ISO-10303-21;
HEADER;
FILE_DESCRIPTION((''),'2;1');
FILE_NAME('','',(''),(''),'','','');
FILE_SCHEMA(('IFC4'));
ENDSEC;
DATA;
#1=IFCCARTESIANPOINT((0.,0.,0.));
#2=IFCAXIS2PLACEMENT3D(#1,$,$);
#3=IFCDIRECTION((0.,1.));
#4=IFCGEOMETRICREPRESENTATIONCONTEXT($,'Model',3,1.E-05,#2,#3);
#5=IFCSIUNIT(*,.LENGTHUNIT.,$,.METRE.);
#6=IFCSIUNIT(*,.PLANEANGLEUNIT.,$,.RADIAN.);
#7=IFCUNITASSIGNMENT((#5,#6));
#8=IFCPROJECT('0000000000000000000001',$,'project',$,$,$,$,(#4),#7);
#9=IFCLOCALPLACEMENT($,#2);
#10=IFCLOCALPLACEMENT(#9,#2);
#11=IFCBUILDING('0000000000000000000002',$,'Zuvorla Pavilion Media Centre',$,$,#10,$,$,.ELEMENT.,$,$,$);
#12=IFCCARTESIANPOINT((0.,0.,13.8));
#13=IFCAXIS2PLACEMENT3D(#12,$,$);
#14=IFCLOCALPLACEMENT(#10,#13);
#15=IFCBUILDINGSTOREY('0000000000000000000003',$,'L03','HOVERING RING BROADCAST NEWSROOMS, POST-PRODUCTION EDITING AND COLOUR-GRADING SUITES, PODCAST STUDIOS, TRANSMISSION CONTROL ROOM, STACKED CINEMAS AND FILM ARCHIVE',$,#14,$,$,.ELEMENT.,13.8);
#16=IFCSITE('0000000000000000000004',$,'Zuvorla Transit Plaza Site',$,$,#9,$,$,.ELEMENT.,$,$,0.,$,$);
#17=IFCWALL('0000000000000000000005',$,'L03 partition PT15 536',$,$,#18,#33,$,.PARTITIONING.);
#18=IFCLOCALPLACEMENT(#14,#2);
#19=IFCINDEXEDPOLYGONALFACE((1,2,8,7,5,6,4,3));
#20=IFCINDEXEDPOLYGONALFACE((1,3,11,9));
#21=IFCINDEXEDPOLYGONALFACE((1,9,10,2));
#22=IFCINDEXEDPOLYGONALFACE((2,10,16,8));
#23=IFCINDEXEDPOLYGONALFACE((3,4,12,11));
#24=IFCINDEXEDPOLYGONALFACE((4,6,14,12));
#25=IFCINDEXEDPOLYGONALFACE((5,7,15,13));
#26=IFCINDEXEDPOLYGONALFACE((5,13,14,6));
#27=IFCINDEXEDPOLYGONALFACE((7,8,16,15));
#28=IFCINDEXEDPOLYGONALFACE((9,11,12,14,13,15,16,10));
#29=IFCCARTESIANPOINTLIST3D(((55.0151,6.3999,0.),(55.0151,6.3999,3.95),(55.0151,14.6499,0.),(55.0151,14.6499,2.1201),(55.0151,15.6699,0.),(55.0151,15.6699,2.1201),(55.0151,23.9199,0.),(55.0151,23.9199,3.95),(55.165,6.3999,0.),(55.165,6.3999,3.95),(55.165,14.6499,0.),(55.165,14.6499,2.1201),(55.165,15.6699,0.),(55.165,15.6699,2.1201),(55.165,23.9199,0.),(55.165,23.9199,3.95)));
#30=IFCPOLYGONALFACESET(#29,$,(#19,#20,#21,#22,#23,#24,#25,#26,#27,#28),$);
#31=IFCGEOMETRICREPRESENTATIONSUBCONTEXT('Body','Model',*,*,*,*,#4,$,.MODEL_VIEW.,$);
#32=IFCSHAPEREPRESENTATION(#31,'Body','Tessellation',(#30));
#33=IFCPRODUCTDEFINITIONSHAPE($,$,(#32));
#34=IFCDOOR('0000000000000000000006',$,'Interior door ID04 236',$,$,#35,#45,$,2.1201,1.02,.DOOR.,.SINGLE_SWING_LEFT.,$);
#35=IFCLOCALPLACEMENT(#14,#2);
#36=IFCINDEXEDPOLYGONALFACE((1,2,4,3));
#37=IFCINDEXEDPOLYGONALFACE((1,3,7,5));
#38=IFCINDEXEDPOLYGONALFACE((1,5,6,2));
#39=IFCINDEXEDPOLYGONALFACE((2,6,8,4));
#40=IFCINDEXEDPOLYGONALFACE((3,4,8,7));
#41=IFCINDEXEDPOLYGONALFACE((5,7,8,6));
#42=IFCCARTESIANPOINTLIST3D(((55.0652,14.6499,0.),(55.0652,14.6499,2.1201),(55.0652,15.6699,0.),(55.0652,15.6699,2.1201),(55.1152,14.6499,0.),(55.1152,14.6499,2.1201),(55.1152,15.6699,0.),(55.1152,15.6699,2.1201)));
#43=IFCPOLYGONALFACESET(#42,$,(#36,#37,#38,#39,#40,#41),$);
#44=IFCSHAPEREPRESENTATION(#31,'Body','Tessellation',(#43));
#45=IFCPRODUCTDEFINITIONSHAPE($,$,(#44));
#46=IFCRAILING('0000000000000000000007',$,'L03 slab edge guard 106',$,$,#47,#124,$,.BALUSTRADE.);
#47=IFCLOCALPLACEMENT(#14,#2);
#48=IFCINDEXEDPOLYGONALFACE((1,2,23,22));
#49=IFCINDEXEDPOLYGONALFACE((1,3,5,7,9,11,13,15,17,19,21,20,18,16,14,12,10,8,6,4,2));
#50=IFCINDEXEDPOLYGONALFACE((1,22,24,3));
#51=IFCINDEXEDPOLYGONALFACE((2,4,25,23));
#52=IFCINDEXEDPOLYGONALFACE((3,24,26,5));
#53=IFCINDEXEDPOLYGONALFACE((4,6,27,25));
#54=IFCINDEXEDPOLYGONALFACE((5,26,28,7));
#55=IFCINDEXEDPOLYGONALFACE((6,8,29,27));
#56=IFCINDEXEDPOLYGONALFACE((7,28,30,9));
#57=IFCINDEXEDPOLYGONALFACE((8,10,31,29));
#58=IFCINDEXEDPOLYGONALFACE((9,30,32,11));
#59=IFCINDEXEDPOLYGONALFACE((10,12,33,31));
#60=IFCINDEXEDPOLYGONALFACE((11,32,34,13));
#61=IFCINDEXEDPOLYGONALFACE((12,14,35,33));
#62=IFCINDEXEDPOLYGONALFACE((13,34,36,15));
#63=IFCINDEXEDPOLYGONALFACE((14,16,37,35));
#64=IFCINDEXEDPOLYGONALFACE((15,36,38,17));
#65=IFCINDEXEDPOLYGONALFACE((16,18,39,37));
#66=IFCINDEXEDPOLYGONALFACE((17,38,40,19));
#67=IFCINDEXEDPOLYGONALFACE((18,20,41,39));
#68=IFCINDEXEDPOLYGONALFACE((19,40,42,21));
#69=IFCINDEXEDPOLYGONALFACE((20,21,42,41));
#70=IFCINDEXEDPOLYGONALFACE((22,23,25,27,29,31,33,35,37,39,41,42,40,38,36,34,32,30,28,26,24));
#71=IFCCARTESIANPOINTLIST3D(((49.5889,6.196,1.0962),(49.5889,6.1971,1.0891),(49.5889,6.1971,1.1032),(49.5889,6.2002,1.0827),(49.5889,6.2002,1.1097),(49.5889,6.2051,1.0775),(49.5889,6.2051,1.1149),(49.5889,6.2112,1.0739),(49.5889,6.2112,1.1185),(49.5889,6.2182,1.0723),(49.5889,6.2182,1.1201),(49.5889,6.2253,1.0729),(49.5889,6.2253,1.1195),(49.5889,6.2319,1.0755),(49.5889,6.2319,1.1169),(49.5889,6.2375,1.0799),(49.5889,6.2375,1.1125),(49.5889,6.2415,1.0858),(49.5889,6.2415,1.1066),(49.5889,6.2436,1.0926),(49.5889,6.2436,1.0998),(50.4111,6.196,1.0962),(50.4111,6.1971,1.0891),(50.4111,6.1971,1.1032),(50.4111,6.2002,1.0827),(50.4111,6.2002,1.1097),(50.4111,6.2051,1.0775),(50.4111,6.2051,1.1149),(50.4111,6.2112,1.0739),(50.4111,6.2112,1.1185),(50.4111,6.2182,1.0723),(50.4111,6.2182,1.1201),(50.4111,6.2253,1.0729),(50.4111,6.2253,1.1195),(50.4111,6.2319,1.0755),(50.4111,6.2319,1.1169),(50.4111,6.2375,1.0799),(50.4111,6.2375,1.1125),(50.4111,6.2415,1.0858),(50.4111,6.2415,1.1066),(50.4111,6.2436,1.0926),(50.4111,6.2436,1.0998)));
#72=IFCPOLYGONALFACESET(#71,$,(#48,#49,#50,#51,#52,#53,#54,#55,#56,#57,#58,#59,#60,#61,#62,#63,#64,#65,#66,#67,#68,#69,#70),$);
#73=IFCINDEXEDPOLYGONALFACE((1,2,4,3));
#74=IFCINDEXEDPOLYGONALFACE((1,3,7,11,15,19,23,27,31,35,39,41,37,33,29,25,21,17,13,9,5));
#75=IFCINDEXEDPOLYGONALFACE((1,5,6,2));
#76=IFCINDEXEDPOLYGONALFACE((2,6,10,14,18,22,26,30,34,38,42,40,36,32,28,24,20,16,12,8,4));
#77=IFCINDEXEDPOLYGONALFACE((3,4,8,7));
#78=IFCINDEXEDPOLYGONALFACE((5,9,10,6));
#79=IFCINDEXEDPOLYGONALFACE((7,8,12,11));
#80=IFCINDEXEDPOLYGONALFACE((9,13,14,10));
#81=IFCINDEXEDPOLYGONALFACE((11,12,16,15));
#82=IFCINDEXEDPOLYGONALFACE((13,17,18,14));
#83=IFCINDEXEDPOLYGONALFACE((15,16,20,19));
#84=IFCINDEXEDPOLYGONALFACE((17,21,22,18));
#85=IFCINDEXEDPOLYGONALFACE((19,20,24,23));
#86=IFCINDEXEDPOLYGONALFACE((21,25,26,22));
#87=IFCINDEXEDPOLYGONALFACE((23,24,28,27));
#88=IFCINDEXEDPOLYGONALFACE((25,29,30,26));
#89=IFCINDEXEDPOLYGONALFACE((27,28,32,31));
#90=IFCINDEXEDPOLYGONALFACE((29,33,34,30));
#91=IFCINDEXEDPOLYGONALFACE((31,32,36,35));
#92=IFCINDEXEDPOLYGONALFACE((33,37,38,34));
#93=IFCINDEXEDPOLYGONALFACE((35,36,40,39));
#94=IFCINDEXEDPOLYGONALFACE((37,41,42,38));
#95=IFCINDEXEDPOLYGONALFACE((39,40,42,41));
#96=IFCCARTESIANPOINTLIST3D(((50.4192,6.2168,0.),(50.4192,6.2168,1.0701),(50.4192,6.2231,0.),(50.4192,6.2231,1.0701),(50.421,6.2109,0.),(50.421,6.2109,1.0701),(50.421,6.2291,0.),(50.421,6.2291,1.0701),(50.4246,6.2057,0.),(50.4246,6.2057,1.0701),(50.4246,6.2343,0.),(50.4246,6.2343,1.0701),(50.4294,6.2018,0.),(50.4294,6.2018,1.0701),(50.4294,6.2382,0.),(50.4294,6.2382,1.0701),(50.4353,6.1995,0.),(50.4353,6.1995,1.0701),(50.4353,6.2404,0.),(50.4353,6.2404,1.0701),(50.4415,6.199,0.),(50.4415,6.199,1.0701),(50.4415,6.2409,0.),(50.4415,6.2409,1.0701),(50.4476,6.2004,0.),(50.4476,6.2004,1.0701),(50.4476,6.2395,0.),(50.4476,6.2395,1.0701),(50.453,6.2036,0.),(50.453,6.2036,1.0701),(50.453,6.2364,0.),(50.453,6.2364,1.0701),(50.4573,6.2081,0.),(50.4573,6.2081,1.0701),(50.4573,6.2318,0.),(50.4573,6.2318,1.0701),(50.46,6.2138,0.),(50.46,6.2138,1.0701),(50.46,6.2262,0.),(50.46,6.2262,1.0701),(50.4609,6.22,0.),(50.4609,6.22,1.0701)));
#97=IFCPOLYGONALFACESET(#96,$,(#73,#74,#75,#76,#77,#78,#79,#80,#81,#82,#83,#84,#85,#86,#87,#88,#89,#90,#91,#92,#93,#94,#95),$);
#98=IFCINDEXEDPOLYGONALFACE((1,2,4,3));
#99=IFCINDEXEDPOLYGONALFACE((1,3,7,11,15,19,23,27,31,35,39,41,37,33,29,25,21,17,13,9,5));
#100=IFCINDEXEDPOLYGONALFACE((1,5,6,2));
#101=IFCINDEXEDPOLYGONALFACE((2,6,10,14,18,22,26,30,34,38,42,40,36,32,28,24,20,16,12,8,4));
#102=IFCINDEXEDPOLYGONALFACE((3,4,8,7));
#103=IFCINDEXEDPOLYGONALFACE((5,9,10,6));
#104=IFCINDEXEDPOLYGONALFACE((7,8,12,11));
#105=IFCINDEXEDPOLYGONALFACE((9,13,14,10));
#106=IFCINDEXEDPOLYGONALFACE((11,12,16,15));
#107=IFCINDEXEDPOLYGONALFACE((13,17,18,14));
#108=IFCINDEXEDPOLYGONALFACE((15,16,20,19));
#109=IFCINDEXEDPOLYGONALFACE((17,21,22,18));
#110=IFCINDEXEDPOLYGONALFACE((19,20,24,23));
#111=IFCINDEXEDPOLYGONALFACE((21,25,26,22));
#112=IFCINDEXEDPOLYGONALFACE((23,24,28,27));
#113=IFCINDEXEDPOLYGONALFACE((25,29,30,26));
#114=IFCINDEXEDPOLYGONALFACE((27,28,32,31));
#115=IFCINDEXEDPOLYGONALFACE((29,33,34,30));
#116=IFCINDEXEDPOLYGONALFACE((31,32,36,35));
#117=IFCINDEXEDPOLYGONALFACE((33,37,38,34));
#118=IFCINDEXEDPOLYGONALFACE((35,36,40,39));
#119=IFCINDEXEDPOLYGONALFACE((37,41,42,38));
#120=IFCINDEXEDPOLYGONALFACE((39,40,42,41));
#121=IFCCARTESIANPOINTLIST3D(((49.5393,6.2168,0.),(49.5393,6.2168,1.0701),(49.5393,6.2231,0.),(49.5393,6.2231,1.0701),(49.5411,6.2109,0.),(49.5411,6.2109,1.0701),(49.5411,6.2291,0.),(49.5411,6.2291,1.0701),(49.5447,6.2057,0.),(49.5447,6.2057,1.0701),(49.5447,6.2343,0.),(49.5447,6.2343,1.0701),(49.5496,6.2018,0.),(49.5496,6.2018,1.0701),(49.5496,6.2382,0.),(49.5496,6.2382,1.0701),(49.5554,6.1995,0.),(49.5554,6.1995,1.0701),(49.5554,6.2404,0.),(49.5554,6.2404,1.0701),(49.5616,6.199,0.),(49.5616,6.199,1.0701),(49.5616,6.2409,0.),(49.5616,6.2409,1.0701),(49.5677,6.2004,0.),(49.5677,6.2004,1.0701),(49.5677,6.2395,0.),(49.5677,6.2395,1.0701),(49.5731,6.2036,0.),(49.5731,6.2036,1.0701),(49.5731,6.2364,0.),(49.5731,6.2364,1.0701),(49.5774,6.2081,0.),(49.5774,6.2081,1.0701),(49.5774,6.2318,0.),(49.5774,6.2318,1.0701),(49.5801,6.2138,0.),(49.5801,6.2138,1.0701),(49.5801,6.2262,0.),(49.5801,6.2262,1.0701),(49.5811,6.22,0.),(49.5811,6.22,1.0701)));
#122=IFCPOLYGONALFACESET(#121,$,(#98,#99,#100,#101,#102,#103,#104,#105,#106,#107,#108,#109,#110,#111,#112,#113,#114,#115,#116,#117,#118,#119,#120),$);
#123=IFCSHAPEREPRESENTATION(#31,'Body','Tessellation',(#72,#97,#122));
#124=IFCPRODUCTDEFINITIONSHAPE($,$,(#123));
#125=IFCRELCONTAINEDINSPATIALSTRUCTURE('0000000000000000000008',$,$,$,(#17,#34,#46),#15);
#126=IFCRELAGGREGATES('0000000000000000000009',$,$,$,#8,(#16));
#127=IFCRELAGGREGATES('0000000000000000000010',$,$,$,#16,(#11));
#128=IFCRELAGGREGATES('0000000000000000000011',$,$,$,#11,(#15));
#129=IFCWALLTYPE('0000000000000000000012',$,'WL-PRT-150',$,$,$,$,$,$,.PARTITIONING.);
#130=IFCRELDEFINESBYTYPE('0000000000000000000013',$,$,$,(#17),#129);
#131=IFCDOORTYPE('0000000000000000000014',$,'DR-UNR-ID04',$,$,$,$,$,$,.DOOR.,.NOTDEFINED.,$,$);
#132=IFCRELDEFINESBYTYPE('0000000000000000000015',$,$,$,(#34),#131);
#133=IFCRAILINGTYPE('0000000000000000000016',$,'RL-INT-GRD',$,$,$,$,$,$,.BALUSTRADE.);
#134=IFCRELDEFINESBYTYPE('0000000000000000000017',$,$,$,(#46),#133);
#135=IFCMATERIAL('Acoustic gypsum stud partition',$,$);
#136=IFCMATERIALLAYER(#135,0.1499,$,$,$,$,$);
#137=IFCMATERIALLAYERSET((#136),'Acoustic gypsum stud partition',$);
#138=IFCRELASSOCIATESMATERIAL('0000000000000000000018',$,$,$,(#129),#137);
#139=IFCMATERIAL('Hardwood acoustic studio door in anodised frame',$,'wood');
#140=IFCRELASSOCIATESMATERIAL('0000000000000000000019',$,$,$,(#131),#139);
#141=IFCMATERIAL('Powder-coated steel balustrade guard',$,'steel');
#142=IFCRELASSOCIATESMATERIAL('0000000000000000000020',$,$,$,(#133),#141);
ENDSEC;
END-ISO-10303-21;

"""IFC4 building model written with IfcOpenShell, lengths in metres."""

from ifc_helpers import new_model, si_unit, direction, frame, frame_2d, origin, origin_2d, place, context, subcontext, project, spatial, rectangle, circle, extrude, material, layer, layer_set, type_object, element, fill, save


model = new_model("IFC4")

# Units and contexts
model_context = context("Model", 3, precision=1e-05, world=origin(), true_north=direction((0.0, 1.0)))
body_context = subcontext(model_context, "Body", "Model", "MODEL_VIEW")
ifc_project = project(units=[si_unit("LENGTHUNIT", "METRE"), si_unit("PLANEANGLEUNIT", "RADIAN")], contexts=[model_context])

# Site, building, storey
site_placement = place(None, origin())
site = spatial("IfcSite", under=ifc_project, at=site_placement, Name="Zuvorla Transit Plaza Site", CompositionType="ELEMENT", RefElevation=0.0)
building_placement = place(site_placement, origin())
building = spatial("IfcBuilding", under=site, at=building_placement, Name="Zuvorla Pavilion Media Centre", CompositionType="ELEMENT")
storey_placement = place(building_placement, frame((0.0, 0.0, 13.8)))
storey = spatial("IfcBuildingStorey", under=building, at=storey_placement, Name="L03", Description="HOVERING RING BROADCAST NEWSROOMS, POST-PRODUCTION EDITING AND COLOUR-GRADING SUITES, PODCAST STUDIOS, TRANSMISSION CONTROL ROOM, STACKED CINEMAS AND FILM ARCHIVE", CompositionType="ELEMENT", Elevation=13.8)

# Wall, opening, door
ifc_material_1 = material(Name="Acoustic gypsum stud partition")
ifc_layer_1 = layer(ifc_material_1, 0.1499)
ifc_layer_set_1 = layer_set([ifc_layer_1], Name="Acoustic gypsum stud partition")
wall_type_1 = type_object("IfcWallType", Name="WL-PRT-150", PredefinedType="PARTITIONING", material=ifc_layer_set_1)
wall_1_placement = place(storey_placement, frame((55.0901, 6.3999, 0.0), z_axis=(0.0, 0.0, 1.0), x_axis=(0.0, 1.0, 0.0)))
wall_1 = element("IfcWall", 1, at=wall_1_placement, inside=storey, type_object=wall_type_1, Name="L03 partition PT15 536", PredefinedType="PARTITIONING", context=body_context, shape_type="SweptSolid", body=[
    extrude(rectangle(XDim=17.52, YDim=0.1499, at=frame_2d((8.76, 0.0))), origin(), (0.0, 0.0, 1.0), 3.95),
])
opening_1_placement = place(wall_1_placement, frame((8.25, 0.0, 0.0)))
opening_1 = element("IfcOpeningElement", 2, at=opening_1_placement, cuts=wall_1, PredefinedType="OPENING", context=body_context, shape_type="SweptSolid", body=[
    extrude(rectangle(XDim=1.02, YDim=2.1201, at=frame_2d((0.51, 1.0601))), frame((0.0, 0.085, 0.0), z_axis=(0.0, -1.0, 0.0), x_axis=(1.0, 0.0, 0.0)), (0.0, 0.0, 1.0), 0.1699),
])
ifc_material_2 = material(Name="Hardwood acoustic studio door in anodised frame", Category="wood")
door_type = type_object("IfcDoorType", Name="DR-UNR-ID04", OperationType="NOTDEFINED", PredefinedType="DOOR", material=ifc_material_2)
door_placement = place(opening_1_placement, origin())
door = element("IfcDoor", 3, at=door_placement, inside=storey, type_object=door_type, Name="Interior door ID04 236", OperationType="SINGLE_SWING_LEFT", OverallHeight=2.1201, OverallWidth=1.02, PredefinedType="DOOR", context=body_context, shape_type="SweptSolid", body=[
    extrude(rectangle(XDim=1.02, YDim=2.1201, at=frame_2d((0.51, 1.0601))), frame((0.0, 0.0249, 0.0), z_axis=(0.0, -1.0, 0.0), x_axis=(1.0, 0.0, 0.0)), (0.0, 0.0, 1.0), 0.05),
])
fill(opening_1, door)

# Railing
ifc_material_3 = material(Name="Powder-coated steel balustrade guard", Category="steel")
railing_type = type_object("IfcRailingType", Name="RL-INT-GRD", PredefinedType="BALUSTRADE", material=ifc_material_3)
railing_placement = place(storey_placement, frame((50.4399, 6.22, 0.0)))
element("IfcRailing", 4, at=railing_placement, inside=storey, type_object=railing_type, Name="L03 slab edge guard 106", PredefinedType="BALUSTRADE", context=body_context, shape_type="SweptSolid", body=[
    extrude(circle(Radius=0.0239, at=origin_2d()), frame((-0.0288, 0.0, 1.0962), z_axis=(-1.0, 0.0, 0.0), x_axis=(0.0, -1.0, 0.0)), (0.0, 0.0, 1.0), 0.8223),
    extrude(circle(Radius=0.021, at=origin_2d()), origin(), (0.0, 0.0, 1.0), 1.0701),
    extrude(circle(Radius=0.021, at=origin_2d()), frame((-0.8799, 0.0, 0.0)), (0.0, 0.0, 1.0), 1.0701),
])

save(model, "model.ifc")
